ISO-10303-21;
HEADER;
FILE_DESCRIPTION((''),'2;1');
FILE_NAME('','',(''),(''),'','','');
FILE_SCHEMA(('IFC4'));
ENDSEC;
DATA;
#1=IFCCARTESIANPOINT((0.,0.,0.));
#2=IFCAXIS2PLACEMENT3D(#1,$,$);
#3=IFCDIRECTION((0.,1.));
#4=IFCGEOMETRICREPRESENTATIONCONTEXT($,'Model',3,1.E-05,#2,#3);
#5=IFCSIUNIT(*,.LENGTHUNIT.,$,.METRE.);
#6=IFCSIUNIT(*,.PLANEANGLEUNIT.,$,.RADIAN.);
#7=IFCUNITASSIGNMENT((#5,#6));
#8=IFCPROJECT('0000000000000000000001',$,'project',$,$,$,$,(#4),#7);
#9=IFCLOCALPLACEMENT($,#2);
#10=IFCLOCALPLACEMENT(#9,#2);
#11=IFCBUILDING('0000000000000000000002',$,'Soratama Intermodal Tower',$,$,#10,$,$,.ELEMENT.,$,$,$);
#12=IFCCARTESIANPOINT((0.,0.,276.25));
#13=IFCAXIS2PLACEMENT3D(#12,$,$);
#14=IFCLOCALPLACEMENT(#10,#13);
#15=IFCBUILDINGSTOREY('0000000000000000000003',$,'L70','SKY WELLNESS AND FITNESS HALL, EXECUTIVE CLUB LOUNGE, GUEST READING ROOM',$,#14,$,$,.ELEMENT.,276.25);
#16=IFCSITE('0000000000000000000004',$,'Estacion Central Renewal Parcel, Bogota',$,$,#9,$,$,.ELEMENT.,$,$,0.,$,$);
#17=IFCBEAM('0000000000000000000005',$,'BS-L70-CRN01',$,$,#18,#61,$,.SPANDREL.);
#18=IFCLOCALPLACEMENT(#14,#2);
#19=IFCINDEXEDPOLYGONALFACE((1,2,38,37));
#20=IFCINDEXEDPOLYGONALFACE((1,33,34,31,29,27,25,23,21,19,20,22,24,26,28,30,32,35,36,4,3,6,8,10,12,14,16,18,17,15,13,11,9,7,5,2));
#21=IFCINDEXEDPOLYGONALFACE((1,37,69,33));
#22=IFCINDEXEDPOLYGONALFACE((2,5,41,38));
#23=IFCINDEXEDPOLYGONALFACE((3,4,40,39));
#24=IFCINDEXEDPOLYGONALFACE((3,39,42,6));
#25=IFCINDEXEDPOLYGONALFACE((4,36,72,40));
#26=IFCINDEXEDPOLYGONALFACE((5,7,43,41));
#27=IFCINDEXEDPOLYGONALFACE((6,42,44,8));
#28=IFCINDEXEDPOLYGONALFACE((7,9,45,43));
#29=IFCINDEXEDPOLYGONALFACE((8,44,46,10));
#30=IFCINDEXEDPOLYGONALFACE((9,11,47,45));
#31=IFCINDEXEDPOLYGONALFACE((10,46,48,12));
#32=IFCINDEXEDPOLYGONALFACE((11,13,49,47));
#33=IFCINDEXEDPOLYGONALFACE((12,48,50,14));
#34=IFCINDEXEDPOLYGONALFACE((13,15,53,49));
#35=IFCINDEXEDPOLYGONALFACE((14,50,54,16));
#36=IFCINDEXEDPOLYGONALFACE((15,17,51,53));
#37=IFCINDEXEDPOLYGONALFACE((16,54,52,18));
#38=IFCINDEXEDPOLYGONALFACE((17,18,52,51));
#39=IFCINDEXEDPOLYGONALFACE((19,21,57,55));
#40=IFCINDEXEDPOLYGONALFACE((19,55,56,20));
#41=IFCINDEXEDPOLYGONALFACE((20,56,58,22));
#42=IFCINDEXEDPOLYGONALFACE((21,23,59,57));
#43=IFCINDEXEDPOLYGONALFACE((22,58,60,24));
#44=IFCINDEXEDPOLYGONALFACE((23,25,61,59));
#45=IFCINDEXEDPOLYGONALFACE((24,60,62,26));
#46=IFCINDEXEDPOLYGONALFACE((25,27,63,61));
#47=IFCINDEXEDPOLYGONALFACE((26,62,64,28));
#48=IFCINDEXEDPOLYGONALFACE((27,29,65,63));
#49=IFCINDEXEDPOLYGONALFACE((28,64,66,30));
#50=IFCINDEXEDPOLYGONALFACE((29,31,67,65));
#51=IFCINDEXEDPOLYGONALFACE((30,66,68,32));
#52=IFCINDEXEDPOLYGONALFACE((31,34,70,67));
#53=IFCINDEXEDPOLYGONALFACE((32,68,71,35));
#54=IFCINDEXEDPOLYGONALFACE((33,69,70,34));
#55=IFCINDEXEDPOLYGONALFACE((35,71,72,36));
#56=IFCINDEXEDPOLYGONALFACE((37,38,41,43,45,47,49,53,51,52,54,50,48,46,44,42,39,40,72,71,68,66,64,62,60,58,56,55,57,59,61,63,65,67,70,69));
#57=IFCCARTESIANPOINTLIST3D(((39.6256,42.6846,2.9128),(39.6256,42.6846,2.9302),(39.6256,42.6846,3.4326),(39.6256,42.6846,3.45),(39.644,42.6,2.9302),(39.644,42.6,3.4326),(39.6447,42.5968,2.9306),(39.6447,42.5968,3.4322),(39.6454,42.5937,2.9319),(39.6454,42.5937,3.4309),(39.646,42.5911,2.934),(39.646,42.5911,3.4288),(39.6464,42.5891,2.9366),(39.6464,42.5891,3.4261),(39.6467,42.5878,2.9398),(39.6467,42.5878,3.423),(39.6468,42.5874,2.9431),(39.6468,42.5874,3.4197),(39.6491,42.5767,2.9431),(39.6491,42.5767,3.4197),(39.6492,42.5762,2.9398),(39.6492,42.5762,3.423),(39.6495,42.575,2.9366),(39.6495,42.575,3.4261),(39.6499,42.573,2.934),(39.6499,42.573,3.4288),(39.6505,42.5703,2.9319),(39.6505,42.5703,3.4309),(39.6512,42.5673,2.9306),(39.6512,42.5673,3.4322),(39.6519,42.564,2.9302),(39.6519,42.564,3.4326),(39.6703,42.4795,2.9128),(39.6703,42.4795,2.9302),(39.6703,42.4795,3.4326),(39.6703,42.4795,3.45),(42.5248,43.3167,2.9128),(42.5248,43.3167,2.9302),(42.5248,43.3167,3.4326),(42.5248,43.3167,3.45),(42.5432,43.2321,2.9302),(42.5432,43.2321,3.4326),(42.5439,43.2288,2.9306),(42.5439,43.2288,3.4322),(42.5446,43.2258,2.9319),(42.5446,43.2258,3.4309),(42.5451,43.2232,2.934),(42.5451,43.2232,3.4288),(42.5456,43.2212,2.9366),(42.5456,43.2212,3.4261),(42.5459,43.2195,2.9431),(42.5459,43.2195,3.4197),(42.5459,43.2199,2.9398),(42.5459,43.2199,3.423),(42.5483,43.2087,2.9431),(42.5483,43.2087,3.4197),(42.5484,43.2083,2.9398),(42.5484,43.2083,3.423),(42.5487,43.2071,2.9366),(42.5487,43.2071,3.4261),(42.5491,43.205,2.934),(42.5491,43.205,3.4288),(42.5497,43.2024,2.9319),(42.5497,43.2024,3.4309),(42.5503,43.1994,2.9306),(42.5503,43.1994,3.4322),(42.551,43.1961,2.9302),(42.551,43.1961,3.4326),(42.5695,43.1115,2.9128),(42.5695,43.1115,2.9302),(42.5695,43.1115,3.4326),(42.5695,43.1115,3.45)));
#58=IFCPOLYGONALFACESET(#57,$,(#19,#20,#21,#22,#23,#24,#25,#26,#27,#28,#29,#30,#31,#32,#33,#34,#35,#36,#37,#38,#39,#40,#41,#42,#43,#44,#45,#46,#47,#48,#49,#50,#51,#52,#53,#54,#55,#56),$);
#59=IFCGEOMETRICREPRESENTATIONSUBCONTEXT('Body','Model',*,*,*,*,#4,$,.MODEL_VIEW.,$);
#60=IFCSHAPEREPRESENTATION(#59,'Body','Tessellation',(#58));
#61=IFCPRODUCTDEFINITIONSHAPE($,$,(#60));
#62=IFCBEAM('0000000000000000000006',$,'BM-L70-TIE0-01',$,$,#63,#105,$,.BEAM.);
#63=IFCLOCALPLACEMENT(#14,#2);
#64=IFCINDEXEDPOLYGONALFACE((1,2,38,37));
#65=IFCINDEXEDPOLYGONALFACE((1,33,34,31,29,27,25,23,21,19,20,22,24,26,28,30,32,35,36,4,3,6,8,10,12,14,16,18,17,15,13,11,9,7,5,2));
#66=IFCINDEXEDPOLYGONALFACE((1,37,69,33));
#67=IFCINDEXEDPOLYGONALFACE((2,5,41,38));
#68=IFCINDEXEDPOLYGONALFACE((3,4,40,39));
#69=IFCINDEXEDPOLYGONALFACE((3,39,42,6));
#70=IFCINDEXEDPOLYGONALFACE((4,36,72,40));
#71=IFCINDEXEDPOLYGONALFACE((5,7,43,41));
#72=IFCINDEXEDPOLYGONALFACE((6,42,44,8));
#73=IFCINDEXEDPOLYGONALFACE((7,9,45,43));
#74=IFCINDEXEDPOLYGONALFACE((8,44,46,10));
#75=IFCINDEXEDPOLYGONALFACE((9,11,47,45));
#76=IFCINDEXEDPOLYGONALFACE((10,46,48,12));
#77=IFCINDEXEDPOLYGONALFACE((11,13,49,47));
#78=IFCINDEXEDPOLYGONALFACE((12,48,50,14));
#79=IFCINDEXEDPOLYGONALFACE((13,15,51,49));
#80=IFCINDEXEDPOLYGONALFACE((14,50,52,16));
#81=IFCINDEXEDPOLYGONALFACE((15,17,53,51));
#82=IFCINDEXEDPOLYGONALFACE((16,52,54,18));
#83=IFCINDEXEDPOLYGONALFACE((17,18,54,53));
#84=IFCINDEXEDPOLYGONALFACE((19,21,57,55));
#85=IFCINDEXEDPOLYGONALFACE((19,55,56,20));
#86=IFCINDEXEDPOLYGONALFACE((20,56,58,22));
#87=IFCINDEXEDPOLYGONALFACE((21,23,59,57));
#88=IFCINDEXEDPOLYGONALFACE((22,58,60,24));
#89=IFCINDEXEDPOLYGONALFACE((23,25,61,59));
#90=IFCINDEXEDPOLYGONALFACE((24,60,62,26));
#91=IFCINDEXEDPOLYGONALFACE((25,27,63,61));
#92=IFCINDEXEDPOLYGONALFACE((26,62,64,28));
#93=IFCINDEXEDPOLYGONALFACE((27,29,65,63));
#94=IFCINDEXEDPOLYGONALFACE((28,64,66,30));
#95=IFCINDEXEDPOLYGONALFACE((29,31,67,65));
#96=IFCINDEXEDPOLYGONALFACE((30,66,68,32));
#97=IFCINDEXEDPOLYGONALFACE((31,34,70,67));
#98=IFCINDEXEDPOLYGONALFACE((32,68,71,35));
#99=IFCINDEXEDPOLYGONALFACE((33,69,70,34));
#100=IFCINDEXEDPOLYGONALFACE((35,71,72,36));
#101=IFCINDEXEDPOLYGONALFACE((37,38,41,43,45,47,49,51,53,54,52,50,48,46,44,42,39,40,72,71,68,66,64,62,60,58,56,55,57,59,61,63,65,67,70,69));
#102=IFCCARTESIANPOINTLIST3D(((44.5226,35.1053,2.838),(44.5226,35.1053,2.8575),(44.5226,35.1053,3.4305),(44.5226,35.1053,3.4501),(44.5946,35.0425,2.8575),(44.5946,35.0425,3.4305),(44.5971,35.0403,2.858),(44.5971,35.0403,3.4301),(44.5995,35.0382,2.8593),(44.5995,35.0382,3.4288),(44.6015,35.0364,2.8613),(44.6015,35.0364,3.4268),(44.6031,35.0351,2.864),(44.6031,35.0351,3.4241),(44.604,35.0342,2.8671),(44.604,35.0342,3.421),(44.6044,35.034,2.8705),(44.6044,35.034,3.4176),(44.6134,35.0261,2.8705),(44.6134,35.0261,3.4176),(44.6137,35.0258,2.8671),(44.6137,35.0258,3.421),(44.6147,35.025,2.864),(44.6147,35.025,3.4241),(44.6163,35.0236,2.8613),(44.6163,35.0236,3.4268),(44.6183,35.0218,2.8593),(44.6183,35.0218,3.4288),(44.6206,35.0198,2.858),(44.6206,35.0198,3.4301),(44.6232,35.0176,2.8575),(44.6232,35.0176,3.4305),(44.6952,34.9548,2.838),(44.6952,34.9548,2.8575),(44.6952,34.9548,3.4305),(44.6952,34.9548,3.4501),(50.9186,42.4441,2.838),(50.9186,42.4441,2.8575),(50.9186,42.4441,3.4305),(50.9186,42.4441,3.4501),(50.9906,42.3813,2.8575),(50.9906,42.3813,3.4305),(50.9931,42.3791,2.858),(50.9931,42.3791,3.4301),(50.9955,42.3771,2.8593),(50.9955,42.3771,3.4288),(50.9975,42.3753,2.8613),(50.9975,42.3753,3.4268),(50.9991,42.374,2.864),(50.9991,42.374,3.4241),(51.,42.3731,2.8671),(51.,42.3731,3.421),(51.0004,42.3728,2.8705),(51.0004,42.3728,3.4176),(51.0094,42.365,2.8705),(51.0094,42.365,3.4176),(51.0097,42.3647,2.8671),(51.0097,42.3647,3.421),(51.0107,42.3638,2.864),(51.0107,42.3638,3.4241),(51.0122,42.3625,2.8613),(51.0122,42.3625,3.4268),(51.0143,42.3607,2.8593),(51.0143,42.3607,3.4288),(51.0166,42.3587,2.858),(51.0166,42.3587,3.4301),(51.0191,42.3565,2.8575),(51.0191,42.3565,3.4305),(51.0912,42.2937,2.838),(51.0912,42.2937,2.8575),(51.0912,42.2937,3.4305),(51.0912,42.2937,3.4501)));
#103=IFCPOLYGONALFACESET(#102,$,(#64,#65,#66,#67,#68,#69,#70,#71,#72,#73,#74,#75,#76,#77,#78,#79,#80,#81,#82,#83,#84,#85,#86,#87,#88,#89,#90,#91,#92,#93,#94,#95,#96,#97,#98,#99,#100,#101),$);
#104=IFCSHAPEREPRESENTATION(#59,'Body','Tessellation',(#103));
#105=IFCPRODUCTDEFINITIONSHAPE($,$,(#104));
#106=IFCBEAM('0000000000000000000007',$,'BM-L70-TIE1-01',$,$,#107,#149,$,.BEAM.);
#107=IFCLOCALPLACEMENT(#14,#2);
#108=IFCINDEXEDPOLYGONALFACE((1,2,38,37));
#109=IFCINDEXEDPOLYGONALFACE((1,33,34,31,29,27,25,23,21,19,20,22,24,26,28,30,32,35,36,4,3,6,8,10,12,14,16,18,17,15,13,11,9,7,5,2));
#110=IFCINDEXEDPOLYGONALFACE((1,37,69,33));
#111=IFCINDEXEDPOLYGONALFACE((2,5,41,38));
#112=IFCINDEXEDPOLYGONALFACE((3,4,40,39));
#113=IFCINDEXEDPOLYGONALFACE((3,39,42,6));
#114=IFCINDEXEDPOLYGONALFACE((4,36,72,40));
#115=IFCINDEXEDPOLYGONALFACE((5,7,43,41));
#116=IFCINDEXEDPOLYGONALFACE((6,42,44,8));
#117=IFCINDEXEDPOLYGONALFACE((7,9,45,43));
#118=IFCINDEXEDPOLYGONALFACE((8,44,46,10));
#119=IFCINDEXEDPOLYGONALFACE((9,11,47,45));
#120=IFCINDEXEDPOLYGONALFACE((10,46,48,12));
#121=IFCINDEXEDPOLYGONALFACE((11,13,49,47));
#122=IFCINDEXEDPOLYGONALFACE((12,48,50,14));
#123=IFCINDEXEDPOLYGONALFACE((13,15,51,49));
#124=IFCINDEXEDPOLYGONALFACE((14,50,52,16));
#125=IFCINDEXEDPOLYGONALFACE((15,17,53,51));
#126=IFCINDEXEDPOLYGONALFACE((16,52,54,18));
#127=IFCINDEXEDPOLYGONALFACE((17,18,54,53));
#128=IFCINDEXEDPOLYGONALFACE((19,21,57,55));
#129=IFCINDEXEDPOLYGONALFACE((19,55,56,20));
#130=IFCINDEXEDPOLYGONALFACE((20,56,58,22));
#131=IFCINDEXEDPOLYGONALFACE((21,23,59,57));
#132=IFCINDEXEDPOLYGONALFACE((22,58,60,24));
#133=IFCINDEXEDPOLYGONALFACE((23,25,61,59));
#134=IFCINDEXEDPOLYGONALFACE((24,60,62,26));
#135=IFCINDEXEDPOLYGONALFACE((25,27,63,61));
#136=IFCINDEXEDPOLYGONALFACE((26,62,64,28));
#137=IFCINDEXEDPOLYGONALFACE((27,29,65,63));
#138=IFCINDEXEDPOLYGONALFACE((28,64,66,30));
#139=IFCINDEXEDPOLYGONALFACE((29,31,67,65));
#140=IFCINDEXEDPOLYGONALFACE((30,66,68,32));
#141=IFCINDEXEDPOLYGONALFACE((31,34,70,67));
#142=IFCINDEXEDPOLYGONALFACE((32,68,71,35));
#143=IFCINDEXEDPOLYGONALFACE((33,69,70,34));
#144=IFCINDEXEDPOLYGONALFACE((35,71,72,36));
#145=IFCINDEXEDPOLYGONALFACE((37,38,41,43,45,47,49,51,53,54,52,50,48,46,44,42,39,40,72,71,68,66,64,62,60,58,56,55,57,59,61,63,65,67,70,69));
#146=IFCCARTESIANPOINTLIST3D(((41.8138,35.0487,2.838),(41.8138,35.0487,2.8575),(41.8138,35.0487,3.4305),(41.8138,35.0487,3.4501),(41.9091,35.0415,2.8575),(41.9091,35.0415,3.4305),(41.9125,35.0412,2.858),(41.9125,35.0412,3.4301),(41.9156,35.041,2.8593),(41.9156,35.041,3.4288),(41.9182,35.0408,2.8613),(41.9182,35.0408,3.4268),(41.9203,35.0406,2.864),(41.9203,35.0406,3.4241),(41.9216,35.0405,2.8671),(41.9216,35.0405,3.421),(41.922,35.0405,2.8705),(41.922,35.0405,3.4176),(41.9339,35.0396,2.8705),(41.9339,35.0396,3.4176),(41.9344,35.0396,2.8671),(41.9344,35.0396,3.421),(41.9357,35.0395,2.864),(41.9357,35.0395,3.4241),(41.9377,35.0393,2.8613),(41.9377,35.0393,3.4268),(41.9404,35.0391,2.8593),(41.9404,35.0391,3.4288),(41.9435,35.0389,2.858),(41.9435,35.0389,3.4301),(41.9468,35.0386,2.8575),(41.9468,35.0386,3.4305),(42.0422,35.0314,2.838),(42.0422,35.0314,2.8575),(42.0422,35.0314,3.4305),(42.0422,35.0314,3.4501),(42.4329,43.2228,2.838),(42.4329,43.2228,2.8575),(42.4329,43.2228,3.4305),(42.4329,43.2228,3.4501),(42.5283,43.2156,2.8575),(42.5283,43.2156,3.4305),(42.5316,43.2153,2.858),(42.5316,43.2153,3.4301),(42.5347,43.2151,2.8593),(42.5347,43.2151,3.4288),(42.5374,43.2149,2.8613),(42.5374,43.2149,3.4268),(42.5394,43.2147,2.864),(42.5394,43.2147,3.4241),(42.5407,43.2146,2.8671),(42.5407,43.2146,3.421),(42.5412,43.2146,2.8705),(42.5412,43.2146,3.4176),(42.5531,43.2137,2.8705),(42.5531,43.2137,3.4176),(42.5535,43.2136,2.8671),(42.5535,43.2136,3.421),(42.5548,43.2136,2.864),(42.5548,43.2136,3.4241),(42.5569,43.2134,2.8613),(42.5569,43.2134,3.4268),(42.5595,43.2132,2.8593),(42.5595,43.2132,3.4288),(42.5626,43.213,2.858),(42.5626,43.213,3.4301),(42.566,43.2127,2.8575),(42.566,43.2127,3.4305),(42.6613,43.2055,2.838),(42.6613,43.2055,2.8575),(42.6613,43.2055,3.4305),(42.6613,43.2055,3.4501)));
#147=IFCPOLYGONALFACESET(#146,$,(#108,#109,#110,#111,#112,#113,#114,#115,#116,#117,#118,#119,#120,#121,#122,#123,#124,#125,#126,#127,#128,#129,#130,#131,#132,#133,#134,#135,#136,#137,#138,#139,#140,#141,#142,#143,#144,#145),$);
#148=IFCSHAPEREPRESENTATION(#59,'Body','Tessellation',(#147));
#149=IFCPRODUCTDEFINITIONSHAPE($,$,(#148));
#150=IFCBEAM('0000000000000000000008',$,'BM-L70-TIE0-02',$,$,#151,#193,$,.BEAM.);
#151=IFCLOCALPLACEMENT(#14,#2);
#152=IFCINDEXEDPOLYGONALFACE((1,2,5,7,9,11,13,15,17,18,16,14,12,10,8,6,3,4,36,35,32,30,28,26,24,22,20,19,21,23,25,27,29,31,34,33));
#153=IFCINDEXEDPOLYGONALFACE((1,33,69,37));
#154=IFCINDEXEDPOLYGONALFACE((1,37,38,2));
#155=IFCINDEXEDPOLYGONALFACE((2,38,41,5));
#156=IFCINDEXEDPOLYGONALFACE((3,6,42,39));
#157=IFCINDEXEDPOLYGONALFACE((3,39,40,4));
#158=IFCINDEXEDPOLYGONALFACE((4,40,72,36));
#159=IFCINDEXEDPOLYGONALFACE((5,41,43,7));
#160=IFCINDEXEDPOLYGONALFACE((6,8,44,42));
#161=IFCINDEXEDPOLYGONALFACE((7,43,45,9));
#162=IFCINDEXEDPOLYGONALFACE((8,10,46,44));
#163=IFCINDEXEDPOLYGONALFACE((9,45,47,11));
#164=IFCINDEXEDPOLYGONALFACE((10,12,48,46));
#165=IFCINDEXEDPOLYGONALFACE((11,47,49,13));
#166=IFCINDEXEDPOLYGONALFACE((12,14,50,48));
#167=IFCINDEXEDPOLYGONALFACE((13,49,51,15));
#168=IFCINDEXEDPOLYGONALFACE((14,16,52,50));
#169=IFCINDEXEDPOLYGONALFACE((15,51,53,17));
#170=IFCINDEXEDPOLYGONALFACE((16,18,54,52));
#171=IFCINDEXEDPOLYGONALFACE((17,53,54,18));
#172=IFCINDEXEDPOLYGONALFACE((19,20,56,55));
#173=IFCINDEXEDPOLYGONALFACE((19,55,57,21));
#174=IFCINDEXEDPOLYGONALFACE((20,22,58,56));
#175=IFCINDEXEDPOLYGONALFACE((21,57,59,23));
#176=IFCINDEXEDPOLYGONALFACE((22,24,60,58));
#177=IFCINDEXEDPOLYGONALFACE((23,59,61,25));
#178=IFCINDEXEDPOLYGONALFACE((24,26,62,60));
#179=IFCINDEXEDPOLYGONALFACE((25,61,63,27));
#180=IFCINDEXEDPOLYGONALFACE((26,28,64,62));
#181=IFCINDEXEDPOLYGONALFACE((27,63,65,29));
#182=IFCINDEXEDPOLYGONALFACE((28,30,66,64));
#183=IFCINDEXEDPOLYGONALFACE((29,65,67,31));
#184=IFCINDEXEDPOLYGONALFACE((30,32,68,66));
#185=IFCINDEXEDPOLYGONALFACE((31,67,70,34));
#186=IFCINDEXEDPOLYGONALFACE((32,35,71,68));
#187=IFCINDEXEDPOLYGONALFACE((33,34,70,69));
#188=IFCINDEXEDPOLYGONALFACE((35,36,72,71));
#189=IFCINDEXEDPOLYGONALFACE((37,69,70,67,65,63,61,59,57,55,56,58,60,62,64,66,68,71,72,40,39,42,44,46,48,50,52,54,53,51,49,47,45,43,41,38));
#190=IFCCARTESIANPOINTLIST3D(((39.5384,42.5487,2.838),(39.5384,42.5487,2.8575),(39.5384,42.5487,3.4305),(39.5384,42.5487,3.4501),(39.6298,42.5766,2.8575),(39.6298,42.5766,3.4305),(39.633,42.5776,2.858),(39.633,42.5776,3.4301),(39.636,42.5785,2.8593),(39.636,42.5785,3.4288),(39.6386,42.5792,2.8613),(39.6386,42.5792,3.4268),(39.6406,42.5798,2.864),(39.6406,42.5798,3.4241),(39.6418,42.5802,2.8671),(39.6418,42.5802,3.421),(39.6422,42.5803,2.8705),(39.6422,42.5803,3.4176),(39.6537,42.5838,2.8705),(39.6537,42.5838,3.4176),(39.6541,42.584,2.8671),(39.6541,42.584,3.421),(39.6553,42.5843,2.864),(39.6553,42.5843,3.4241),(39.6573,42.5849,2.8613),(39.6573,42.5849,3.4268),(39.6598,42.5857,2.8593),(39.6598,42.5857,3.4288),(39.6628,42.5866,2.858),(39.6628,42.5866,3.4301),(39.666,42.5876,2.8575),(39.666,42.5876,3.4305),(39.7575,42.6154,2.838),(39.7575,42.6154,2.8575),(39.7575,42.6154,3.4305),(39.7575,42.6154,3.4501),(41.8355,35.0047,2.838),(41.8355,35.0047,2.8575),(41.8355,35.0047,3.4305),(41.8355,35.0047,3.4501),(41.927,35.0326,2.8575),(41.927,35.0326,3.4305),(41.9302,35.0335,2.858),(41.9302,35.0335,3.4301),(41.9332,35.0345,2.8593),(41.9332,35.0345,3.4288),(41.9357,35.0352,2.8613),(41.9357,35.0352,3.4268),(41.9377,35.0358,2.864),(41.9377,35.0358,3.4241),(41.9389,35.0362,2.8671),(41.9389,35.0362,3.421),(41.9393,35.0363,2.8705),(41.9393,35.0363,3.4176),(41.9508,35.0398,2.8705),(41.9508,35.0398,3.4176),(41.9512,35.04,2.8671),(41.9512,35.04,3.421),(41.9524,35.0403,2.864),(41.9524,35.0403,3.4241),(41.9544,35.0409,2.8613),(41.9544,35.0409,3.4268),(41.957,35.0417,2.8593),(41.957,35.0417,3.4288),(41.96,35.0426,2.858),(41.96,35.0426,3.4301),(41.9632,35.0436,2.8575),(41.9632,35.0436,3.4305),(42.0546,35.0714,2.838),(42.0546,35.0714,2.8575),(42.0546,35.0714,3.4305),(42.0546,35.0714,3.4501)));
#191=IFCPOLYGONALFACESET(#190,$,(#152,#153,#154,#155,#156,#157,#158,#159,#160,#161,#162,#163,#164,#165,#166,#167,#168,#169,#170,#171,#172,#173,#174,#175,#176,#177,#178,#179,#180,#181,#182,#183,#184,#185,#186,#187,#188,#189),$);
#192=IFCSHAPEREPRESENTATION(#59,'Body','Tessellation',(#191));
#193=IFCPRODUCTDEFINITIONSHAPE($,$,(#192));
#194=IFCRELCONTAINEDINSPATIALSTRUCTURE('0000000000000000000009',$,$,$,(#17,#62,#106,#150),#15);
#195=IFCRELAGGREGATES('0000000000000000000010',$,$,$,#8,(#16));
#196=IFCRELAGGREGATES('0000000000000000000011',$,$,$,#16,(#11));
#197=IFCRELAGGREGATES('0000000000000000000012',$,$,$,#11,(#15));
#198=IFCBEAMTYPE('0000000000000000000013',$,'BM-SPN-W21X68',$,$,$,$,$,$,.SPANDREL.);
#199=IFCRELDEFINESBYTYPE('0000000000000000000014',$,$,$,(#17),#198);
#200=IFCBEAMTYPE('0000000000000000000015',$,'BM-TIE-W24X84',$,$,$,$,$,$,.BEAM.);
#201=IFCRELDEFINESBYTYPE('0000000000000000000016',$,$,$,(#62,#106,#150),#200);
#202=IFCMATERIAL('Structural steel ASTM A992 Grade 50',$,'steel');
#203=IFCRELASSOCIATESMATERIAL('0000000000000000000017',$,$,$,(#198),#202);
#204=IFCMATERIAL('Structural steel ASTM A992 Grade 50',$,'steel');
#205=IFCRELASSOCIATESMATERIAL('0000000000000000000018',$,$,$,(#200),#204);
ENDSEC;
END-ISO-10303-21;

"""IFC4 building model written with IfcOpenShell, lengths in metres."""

from ifc_helpers import new_model, si_unit, direction, frame, origin, origin_2d, place, context, subcontext, project, spatial, i_section, extrude, material, material_profile, profile_set, type_object, element, save


model = new_model("IFC4")

# Units and contexts
model_context = context("Model", 3, precision=1e-05, world=origin(), true_north=direction((0.0, 1.0)))
body_context = subcontext(model_context, "Body", "Model", "MODEL_VIEW")
ifc_project = project(units=[si_unit("LENGTHUNIT", "METRE"), si_unit("PLANEANGLEUNIT", "RADIAN")], contexts=[model_context])

# Site, building, storey
site_placement = place(None, origin())
site = spatial("IfcSite", under=ifc_project, at=site_placement, Name="Estacion Central Renewal Parcel, Bogota", CompositionType="ELEMENT", RefElevation=0.0)
building_placement = place(site_placement, origin())
building = spatial("IfcBuilding", under=site, at=building_placement, Name="Soratama Intermodal Tower", CompositionType="ELEMENT")
storey_placement = place(building_placement, frame((0.0, 0.0, 276.25)))
storey = spatial("IfcBuildingStorey", under=building, at=storey_placement, Name="L70", Description="SKY WELLNESS AND FITNESS HALL, EXECUTIVE CLUB LOUNGE, GUEST READING ROOM", CompositionType="ELEMENT", Elevation=276.25)

# Beams
ifc_material_1 = material(Name="Structural steel ASTM A992 Grade 50", Category="steel")
ifc_material_profile_1 = material_profile(ifc_material_1, i_section(OverallWidth=0.21, OverallDepth=0.5371, WebThickness=0.011, FlangeThickness=0.0173, FilletRadius=0.0129, at=origin_2d()), Name="W21X68")
ifc_profile_set_1 = profile_set([ifc_material_profile_1], Name="Structural steel ASTM A992 Grade 50")
beam_type_1 = type_object("IfcBeamType", Name="BM-SPN-W21X68", PredefinedType="SPANDREL", material=ifc_profile_set_1)
beam_1_placement = place(storey_placement, frame((42.5471, 43.2141, 3.1814), z_axis=(-0.977048, -0.213017, 0.0), x_axis=(0.213017, -0.977048, 0.0)))
element("IfcBeam", 1, at=beam_1_placement, inside=storey, type_object=beam_type_1, Name="BS-L70-CRN01", PredefinedType="SPANDREL", context=body_context, shape_type="SweptSolid", body=[
    extrude(i_section(OverallWidth=0.21, OverallDepth=0.5371, WebThickness=0.011, FlangeThickness=0.0173, FilletRadius=0.0129, at=origin_2d()), origin(), (0.0, 0.0, 1.0), 2.9673),
])
ifc_material_2 = material(Name="Structural steel ASTM A992 Grade 50", Category="steel")
ifc_material_profile_2 = material_profile(ifc_material_2, i_section(OverallWidth=0.229, OverallDepth=0.6121, WebThickness=0.012, FlangeThickness=0.0195, FilletRadius=0.0129, at=origin_2d()), Name="W24X84")
ifc_profile_set_2 = profile_set([ifc_material_profile_2], Name="Structural steel ASTM A992 Grade 50")
beam_type_2 = type_object("IfcBeamType", Name="BM-TIE-W24X84", PredefinedType="BEAM", material=ifc_profile_set_2)
beam_2_placement = place(storey_placement, frame((44.6089, 35.03, 3.144), z_axis=(0.657019, 0.753874, 0.0), x_axis=(-0.753874, 0.657019, 0.0)))
element("IfcBeam", 2, at=beam_2_placement, inside=storey, type_object=beam_type_2, Name="BM-L70-TIE0-01", PredefinedType="BEAM", context=body_context, shape_type="SweptSolid", body=[
    extrude(i_section(OverallWidth=0.229, OverallDepth=0.6121, WebThickness=0.012, FlangeThickness=0.0195, FilletRadius=0.0129, at=origin_2d()), origin(), (0.0, 0.0, 1.0), 9.7349),
])
beam_3_placement = place(storey_placement, frame((41.928, 35.04, 3.144), z_axis=(0.075528, 0.997144, 0.0), x_axis=(-0.997144, 0.075528, 0.0)))
element("IfcBeam", 3, at=beam_3_placement, inside=storey, type_object=beam_type_2, Name="BM-L70-TIE1-01", PredefinedType="BEAM", context=body_context, shape_type="SweptSolid", body=[
    extrude(i_section(OverallWidth=0.229, OverallDepth=0.6121, WebThickness=0.012, FlangeThickness=0.0195, FilletRadius=0.0129, at=origin_2d()), origin(), (0.0, 0.0, 1.0), 8.1975),
])
beam_4_placement = place(storey_placement, frame((41.9451, 35.0381, 3.144), z_axis=(-0.291293, 0.956634, 0.0), x_axis=(-0.956634, -0.291293, 0.0)))
element("IfcBeam", 4, at=beam_4_placement, inside=storey, type_object=beam_type_2, Name="BM-L70-TIE0-02", PredefinedType="BEAM", context=body_context, shape_type="SweptSolid", body=[
    extrude(i_section(OverallWidth=0.229, OverallDepth=0.6121, WebThickness=0.012, FlangeThickness=0.0195, FilletRadius=0.0129, at=origin_2d()), origin(), (0.0, 0.0, 1.0), 7.886),
])

save(model, "model.ifc")
